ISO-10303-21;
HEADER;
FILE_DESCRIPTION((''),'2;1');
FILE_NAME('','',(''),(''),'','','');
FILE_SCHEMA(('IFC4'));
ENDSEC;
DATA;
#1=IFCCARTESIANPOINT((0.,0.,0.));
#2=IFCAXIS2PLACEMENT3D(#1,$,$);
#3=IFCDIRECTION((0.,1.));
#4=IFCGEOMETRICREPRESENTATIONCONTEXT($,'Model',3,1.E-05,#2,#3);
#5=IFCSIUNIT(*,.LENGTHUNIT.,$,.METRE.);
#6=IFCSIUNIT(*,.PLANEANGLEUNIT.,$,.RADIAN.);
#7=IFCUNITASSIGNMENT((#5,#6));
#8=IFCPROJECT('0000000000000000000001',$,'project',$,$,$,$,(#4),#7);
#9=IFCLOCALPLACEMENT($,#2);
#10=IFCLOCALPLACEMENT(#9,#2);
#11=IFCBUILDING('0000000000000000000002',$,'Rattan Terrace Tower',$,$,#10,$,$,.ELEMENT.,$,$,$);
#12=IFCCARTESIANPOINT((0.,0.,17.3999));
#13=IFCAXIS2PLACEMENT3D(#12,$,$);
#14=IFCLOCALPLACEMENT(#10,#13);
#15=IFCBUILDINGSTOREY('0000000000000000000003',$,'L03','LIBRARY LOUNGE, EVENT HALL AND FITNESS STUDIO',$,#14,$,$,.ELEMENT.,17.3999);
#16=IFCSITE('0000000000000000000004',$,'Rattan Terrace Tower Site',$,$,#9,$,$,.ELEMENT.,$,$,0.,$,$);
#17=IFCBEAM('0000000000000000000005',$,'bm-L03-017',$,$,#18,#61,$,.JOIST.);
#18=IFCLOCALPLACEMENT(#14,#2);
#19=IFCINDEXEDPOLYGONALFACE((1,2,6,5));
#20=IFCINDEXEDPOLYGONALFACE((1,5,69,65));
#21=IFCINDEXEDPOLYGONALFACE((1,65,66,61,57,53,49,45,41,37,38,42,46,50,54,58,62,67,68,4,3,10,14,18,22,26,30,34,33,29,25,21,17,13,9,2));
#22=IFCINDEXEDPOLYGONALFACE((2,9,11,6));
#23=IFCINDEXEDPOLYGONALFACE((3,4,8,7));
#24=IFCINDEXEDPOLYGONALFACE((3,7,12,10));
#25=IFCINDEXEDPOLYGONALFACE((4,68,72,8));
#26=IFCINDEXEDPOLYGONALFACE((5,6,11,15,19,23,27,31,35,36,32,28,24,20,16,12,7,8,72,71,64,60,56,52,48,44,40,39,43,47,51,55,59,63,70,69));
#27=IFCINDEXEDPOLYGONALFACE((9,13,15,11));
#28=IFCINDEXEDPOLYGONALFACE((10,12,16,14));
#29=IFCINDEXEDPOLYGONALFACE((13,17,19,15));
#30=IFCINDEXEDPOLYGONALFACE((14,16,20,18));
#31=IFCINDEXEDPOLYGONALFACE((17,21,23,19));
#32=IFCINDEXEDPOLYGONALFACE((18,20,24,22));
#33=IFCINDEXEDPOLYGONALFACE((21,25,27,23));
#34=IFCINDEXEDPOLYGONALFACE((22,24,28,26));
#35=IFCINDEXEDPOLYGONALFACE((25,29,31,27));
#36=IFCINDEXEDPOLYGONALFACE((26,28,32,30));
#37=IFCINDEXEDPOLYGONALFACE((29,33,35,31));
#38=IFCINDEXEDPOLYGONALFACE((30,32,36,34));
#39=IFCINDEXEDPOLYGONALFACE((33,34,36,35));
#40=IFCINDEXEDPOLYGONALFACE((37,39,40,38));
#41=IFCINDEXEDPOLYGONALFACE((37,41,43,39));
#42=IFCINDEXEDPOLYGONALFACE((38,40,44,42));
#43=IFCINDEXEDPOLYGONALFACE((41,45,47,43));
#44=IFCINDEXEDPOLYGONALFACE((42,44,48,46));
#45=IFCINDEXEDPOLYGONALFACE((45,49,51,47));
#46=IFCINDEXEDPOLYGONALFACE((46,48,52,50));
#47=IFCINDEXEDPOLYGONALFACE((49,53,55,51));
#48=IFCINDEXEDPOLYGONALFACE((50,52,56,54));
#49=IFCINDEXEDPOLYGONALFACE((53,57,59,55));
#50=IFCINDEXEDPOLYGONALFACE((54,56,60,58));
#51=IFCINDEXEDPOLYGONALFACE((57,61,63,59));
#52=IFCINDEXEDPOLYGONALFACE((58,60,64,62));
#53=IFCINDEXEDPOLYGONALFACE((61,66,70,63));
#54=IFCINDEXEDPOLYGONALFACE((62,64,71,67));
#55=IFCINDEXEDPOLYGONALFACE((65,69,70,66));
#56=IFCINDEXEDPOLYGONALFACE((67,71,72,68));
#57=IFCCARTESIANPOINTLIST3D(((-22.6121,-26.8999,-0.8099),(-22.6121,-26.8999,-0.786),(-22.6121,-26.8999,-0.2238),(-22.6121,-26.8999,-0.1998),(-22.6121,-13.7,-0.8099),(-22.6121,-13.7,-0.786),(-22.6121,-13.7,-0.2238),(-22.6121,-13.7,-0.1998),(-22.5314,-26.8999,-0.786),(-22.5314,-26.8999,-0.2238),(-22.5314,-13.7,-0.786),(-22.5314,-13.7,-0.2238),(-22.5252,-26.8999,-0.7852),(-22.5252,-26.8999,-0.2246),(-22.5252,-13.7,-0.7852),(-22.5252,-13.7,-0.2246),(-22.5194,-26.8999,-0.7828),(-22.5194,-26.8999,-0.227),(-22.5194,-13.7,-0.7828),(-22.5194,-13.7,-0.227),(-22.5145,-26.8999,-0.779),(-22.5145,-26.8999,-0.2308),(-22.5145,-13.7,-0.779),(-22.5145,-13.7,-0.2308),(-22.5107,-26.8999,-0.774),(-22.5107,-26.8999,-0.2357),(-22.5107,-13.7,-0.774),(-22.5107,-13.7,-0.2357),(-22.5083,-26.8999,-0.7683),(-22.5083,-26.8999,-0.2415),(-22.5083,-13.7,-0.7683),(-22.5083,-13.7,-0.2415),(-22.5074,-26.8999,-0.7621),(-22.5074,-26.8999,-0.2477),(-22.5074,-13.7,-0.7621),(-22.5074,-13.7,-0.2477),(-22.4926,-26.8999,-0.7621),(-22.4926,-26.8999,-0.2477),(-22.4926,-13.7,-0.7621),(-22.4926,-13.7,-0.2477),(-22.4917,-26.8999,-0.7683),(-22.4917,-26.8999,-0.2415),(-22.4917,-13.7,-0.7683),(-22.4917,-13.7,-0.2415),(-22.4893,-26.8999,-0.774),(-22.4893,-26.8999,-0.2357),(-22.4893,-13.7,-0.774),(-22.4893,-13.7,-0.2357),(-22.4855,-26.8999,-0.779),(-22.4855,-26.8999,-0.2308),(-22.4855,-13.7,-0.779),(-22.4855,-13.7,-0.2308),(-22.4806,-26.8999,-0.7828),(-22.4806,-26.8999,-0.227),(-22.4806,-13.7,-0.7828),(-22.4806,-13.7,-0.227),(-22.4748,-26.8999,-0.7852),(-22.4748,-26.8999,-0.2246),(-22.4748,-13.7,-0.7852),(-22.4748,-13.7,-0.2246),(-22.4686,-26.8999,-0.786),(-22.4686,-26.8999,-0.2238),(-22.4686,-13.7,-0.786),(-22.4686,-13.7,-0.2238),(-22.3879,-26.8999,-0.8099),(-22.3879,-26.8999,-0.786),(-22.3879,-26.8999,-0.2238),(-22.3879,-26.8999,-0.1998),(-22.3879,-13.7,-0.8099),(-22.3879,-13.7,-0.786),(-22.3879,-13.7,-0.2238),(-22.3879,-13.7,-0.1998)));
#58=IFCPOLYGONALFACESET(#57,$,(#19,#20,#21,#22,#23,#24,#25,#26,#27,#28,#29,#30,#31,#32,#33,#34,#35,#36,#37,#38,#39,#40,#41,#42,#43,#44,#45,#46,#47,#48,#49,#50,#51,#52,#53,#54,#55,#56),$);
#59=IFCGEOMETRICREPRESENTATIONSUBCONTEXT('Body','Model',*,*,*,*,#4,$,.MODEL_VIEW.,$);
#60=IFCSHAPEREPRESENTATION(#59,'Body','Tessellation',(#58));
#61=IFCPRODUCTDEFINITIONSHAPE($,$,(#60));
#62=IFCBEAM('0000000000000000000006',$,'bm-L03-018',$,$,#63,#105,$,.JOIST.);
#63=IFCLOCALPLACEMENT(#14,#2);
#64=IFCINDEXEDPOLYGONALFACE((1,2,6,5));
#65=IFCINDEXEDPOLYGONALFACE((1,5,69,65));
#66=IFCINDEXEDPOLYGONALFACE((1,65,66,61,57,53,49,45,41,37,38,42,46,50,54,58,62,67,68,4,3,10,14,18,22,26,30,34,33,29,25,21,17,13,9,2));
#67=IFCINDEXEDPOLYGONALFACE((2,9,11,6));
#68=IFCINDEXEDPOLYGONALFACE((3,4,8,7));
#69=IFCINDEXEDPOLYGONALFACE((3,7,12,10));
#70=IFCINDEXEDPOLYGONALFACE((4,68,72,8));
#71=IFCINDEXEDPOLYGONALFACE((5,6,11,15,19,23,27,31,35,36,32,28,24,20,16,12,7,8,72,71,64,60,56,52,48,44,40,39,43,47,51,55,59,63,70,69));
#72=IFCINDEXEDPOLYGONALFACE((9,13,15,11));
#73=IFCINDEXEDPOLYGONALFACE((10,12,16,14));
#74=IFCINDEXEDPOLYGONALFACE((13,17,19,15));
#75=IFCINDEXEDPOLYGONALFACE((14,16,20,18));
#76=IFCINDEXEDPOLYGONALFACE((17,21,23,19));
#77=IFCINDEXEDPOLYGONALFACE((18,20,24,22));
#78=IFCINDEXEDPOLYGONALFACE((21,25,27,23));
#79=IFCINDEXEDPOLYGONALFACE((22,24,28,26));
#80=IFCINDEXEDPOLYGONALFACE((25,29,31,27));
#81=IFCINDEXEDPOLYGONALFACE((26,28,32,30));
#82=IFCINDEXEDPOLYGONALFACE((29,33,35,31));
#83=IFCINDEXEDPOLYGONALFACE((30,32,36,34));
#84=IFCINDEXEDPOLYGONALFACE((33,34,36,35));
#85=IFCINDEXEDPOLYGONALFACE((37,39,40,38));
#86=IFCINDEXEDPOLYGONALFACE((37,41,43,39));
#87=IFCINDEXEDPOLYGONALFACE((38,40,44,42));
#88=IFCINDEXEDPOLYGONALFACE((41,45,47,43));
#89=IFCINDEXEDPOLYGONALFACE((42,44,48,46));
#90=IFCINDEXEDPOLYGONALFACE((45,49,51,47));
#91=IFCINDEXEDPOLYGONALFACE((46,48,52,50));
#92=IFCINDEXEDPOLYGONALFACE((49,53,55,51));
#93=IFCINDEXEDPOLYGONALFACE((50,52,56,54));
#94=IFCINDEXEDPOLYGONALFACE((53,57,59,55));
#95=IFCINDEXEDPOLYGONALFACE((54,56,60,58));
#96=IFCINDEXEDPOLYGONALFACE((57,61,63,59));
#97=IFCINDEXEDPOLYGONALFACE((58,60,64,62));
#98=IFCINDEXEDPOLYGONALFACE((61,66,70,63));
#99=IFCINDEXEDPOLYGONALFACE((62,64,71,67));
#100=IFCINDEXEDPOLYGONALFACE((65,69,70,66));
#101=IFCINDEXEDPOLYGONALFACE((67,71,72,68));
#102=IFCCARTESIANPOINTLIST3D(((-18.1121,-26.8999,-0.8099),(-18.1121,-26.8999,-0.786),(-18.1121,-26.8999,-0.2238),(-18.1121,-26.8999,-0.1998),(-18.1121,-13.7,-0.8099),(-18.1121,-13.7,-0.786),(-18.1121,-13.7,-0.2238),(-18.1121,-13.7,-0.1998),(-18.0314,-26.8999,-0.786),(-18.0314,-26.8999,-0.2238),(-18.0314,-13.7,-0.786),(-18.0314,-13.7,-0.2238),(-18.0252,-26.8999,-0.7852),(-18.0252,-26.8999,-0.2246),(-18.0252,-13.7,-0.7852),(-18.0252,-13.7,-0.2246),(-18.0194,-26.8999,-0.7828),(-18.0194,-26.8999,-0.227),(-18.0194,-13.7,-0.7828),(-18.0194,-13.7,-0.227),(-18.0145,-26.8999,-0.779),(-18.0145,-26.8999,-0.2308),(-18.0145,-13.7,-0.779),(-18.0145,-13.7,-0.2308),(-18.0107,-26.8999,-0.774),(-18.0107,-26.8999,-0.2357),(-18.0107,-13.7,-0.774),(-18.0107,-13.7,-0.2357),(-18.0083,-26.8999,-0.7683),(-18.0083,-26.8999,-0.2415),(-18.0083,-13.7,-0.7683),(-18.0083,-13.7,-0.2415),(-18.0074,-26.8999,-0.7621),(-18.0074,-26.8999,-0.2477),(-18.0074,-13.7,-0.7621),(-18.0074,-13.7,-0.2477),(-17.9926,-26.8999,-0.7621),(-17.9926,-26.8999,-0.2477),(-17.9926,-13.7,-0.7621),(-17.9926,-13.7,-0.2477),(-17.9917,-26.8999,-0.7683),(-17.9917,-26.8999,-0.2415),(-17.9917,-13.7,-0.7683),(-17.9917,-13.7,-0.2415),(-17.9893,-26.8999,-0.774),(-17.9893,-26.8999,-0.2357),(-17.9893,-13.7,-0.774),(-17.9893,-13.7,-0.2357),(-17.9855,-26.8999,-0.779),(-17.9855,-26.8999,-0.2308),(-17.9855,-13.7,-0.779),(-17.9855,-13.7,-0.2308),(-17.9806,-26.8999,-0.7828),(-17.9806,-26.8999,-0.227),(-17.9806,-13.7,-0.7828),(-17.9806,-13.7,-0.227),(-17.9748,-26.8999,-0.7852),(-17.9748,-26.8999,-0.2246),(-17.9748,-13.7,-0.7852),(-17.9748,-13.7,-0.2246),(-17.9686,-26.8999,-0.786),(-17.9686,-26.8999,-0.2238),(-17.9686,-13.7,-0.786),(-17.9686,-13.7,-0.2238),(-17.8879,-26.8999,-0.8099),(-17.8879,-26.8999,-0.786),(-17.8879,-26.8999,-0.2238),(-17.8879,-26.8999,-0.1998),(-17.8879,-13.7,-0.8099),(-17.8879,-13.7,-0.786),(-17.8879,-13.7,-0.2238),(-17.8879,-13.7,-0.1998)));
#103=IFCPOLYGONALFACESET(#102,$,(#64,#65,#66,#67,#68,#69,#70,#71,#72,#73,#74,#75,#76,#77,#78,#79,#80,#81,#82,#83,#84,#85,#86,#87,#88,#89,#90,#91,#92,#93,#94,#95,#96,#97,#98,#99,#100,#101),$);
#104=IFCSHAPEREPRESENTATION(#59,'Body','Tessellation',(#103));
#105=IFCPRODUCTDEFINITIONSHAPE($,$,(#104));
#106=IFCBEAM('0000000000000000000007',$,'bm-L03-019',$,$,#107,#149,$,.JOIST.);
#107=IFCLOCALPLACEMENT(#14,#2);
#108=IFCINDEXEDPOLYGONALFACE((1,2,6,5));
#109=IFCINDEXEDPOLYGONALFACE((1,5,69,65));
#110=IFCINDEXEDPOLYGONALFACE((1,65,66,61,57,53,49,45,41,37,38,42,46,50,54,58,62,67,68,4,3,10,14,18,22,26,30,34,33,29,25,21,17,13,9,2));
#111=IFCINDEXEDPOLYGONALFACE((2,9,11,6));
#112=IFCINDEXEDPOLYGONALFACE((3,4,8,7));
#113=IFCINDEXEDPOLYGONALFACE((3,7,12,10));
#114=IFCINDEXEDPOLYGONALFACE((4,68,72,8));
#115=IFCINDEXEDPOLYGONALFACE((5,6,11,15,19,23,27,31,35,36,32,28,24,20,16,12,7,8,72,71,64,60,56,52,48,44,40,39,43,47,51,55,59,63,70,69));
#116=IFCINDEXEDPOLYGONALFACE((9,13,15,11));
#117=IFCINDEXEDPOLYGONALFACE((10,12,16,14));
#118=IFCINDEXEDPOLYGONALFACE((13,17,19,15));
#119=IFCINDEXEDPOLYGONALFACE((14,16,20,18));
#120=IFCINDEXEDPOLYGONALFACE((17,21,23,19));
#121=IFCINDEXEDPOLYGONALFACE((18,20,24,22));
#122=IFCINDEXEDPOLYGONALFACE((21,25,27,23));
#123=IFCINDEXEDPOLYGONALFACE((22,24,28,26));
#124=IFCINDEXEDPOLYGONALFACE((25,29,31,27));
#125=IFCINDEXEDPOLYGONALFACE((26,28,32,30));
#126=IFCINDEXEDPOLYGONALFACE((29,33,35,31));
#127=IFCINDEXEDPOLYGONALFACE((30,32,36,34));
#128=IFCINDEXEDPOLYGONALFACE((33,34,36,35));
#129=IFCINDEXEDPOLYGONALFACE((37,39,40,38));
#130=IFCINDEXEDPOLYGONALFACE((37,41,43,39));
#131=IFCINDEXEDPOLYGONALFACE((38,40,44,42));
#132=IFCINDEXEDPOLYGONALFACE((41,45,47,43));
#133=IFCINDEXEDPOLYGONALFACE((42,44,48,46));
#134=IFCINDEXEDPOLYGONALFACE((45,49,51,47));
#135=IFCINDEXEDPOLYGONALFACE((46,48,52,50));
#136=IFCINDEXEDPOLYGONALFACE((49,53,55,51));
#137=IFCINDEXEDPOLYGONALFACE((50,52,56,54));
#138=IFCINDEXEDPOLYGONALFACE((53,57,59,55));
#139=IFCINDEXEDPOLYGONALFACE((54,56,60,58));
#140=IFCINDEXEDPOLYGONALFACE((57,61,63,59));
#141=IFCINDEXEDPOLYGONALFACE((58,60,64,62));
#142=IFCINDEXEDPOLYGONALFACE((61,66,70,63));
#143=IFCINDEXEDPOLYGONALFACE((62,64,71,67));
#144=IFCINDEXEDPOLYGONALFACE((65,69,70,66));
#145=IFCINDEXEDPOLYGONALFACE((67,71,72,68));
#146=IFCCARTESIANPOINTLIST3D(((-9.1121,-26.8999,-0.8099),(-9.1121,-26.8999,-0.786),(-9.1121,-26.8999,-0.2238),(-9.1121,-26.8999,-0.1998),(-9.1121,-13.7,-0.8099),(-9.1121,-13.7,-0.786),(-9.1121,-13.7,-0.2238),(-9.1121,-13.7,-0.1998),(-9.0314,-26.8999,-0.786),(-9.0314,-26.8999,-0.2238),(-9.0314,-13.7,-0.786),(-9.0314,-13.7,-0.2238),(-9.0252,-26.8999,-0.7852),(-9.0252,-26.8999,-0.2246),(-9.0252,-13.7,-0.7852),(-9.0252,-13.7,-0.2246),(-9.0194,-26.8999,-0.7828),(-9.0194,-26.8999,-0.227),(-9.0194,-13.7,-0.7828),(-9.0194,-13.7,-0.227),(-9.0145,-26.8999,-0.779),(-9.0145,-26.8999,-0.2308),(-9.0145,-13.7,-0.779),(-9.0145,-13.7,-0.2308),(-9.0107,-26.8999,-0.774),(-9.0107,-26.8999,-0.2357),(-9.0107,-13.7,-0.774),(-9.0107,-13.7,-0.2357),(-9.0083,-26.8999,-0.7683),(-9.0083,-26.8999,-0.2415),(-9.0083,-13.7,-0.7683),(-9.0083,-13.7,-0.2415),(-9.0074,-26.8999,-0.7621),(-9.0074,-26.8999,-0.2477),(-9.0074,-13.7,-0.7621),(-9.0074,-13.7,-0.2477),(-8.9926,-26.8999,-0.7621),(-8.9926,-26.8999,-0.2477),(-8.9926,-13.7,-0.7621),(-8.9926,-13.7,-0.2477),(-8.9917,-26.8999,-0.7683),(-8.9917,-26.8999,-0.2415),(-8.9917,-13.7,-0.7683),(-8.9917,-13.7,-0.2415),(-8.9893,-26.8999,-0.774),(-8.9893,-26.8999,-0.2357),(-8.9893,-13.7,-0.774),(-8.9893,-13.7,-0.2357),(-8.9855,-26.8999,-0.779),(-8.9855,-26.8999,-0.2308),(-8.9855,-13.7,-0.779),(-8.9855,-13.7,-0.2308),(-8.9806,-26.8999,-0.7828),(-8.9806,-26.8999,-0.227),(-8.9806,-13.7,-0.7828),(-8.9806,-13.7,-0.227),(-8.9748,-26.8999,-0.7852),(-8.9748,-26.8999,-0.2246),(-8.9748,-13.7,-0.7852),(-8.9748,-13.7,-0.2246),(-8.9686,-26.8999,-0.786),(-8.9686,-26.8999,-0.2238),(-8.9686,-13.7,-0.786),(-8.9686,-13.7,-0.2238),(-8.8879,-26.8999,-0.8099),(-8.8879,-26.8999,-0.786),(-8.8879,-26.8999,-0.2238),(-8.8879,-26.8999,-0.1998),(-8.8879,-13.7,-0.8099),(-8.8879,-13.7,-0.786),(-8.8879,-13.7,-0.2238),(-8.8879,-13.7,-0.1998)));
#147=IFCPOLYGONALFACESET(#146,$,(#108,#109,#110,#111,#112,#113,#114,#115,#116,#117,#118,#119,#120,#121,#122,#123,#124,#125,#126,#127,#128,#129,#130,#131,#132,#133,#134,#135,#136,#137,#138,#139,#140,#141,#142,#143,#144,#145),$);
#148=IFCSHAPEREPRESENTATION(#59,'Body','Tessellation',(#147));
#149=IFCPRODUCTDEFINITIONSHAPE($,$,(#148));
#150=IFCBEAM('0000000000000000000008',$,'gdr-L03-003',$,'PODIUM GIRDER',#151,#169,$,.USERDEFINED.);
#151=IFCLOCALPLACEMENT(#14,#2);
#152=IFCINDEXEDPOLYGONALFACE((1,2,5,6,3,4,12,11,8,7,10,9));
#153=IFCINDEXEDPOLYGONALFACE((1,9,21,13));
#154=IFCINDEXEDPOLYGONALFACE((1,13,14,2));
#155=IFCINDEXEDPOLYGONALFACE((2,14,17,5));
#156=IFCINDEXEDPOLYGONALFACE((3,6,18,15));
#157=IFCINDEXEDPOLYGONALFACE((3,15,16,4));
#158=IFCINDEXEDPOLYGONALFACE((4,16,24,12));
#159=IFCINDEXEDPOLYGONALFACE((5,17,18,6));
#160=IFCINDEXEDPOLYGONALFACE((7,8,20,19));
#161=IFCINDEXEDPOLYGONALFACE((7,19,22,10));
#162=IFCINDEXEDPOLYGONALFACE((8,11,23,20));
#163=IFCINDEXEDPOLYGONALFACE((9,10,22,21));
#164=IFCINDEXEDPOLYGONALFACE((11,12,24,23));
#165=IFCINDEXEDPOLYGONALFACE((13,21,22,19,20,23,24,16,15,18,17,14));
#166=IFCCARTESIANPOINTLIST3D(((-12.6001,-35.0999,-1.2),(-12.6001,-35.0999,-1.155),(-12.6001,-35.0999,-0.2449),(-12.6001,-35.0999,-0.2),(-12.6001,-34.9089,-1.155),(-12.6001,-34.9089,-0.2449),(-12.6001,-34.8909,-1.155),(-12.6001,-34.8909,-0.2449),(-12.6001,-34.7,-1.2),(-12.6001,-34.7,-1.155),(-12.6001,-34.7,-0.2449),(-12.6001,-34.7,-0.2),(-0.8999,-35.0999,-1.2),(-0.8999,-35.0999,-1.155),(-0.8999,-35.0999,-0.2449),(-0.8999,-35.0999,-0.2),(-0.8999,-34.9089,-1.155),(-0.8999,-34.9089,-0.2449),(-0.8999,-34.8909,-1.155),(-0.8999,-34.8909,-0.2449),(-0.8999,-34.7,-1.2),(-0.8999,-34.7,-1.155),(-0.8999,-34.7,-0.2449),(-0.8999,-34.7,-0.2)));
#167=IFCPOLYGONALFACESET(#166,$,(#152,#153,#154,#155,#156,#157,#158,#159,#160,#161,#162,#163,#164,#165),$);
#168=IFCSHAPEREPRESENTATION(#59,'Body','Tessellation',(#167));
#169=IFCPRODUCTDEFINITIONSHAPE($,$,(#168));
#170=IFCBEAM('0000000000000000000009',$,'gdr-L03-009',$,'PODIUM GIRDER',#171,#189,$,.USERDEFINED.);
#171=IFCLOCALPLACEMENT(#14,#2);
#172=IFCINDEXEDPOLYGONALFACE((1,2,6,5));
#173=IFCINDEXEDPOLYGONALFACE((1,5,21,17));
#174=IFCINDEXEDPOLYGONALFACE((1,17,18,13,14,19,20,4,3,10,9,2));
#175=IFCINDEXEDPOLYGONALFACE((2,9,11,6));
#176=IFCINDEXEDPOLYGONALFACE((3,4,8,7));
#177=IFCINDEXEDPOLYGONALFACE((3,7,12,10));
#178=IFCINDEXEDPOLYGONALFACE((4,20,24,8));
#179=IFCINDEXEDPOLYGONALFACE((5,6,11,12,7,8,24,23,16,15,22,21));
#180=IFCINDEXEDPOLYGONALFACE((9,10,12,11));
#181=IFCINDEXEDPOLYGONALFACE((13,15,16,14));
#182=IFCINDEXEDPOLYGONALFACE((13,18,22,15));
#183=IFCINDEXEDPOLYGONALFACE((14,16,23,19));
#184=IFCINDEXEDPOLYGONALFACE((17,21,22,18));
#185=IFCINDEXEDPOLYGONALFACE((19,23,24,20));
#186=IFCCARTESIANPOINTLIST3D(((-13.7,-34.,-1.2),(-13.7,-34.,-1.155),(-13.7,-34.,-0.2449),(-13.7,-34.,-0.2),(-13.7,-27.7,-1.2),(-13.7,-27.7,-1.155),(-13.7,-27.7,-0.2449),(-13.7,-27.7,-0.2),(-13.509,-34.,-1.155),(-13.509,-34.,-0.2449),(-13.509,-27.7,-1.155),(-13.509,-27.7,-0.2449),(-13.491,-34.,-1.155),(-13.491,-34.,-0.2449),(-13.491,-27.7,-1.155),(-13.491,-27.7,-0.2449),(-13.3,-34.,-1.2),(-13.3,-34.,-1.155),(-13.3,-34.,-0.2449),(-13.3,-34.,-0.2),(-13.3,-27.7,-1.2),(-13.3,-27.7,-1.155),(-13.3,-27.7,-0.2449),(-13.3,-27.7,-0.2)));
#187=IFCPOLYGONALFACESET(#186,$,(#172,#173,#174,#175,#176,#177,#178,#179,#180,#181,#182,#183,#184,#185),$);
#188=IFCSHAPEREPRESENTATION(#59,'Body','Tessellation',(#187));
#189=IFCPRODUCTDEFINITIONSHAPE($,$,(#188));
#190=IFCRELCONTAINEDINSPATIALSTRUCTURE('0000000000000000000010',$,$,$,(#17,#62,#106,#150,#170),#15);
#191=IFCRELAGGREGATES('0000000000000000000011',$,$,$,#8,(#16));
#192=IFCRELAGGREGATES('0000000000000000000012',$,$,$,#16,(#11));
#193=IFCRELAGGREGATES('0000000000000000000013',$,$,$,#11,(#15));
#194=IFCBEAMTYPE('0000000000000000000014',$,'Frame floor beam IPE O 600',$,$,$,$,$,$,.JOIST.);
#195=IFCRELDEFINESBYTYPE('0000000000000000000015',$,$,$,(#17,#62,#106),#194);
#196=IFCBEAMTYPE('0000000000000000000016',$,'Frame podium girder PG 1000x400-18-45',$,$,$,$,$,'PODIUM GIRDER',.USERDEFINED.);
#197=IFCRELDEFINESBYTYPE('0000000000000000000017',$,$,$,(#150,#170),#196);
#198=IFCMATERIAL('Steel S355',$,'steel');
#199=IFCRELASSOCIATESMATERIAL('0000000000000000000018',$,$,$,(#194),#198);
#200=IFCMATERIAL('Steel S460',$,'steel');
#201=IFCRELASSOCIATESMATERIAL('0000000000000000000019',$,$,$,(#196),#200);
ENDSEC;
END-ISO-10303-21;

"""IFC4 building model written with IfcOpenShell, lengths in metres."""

from ifc_helpers import new_model, si_unit, direction, frame, origin, origin_2d, place, context, subcontext, project, spatial, i_section, extrude, material, material_profile, profile_set, type_object, element, save


model = new_model("IFC4")

# Units and contexts
model_context = context("Model", 3, precision=1e-05, world=origin(), true_north=direction((0.0, 1.0)))
body_context = subcontext(model_context, "Body", "Model", "MODEL_VIEW")
ifc_project = project(units=[si_unit("LENGTHUNIT", "METRE"), si_unit("PLANEANGLEUNIT", "RADIAN")], contexts=[model_context])

# Site, building, storey
site_placement = place(None, origin())
site = spatial("IfcSite", under=ifc_project, at=site_placement, Name="Rattan Terrace Tower Site", CompositionType="ELEMENT", RefElevation=0.0)
building_placement = place(site_placement, origin())
building = spatial("IfcBuilding", under=site, at=building_placement, Name="Rattan Terrace Tower", CompositionType="ELEMENT")
storey_placement = place(building_placement, frame((0.0, 0.0, 17.3999)))
storey = spatial("IfcBuildingStorey", under=building, at=storey_placement, Name="L03", Description="LIBRARY LOUNGE, EVENT HALL AND FITNESS STUDIO", CompositionType="ELEMENT", Elevation=17.3999)

# Beams
ifc_material_1 = material(Name="Steel S355", Category="steel")
ifc_material_profile_1 = material_profile(ifc_material_1, i_section(OverallWidth=0.2241, OverallDepth=0.6101, WebThickness=0.0149, FlangeThickness=0.0239, FilletRadius=0.0239, at=origin_2d()), Name="IPE O 600")
ifc_profile_set_1 = profile_set([ifc_material_profile_1], Name="Steel S355")
beam_type_1 = type_object("IfcBeamType", Name="Frame floor beam IPE O 600", PredefinedType="JOIST", material=ifc_profile_set_1)
for number, where, z_axis, x_axis, name in (
    (1, (-22.5, -26.8999, -0.5049), (0.0, 1.0, 0.0), (-1.0, 0.0, 0.0), "bm-L03-017"),
    (2, (-18.0, -26.8999, -0.5049), (0.0, 1.0, 0.0), (-1.0, 0.0, 0.0), "bm-L03-018"),
    (3, (-9.0, -26.8999, -0.5049), (0.0, 1.0, 0.0), (-1.0, 0.0, 0.0), "bm-L03-019"),
):
    element("IfcBeam", number, at=place(storey_placement, frame(where, z_axis=z_axis, x_axis=x_axis)), inside=storey, type_object=beam_type_1, Name=name, PredefinedType="JOIST", context=body_context, shape_type="SweptSolid", body=[
        extrude(i_section(OverallWidth=0.2241, OverallDepth=0.6101, WebThickness=0.0149, FlangeThickness=0.0239, FilletRadius=0.0239, at=origin_2d()), origin(), (0.0, 0.0, 1.0), 13.2),
    ])
ifc_material_2 = material(Name="Steel S460", Category="steel")
ifc_material_profile_2 = material_profile(ifc_material_2, i_section(OverallWidth=0.3999, OverallDepth=1.0, WebThickness=0.0181, FlangeThickness=0.0449, at=origin_2d()), Name="PG 1000x400-18-45")
ifc_profile_set_2 = profile_set([ifc_material_profile_2], Name="Steel S460")
beam_type_2 = type_object("IfcBeamType", Name="Frame podium girder PG 1000x400-18-45", ElementType="PODIUM GIRDER", PredefinedType="USERDEFINED", material=ifc_profile_set_2)
beam_1_placement = place(storey_placement, frame((-12.6001, -34.8999, -0.7), z_axis=(1.0, 0.0, 0.0), x_axis=(0.0, 1.0, 0.0)))
element("IfcBeam", 4, at=beam_1_placement, inside=storey, type_object=beam_type_2, Name="gdr-L03-003", ObjectType="PODIUM GIRDER", PredefinedType="USERDEFINED", context=body_context, shape_type="SweptSolid", body=[
    extrude(i_section(OverallWidth=0.3999, OverallDepth=1.0, WebThickness=0.0181, FlangeThickness=0.0449, at=origin_2d()), origin(), (0.0, 0.0, 1.0), 11.7002),
])
for number, where, z_axis, x_axis, name in (
    (5, (-13.5, -34.0, -0.7), (0.0, 1.0, 0.0), (-1.0, 0.0, 0.0), "gdr-L03-009"),
):
    element("IfcBeam", number, at=place(storey_placement, frame(where, z_axis=z_axis, x_axis=x_axis)), inside=storey, type_object=beam_type_2, Name=name, ObjectType="PODIUM GIRDER", PredefinedType="USERDEFINED", context=body_context, shape_type="SweptSolid", body=[
        extrude(i_section(OverallWidth=0.3999, OverallDepth=1.0, WebThickness=0.0181, FlangeThickness=0.0449, at=origin_2d()), origin(), (0.0, 0.0, 1.0), 6.3),
    ])

save(model, "model.ifc")
